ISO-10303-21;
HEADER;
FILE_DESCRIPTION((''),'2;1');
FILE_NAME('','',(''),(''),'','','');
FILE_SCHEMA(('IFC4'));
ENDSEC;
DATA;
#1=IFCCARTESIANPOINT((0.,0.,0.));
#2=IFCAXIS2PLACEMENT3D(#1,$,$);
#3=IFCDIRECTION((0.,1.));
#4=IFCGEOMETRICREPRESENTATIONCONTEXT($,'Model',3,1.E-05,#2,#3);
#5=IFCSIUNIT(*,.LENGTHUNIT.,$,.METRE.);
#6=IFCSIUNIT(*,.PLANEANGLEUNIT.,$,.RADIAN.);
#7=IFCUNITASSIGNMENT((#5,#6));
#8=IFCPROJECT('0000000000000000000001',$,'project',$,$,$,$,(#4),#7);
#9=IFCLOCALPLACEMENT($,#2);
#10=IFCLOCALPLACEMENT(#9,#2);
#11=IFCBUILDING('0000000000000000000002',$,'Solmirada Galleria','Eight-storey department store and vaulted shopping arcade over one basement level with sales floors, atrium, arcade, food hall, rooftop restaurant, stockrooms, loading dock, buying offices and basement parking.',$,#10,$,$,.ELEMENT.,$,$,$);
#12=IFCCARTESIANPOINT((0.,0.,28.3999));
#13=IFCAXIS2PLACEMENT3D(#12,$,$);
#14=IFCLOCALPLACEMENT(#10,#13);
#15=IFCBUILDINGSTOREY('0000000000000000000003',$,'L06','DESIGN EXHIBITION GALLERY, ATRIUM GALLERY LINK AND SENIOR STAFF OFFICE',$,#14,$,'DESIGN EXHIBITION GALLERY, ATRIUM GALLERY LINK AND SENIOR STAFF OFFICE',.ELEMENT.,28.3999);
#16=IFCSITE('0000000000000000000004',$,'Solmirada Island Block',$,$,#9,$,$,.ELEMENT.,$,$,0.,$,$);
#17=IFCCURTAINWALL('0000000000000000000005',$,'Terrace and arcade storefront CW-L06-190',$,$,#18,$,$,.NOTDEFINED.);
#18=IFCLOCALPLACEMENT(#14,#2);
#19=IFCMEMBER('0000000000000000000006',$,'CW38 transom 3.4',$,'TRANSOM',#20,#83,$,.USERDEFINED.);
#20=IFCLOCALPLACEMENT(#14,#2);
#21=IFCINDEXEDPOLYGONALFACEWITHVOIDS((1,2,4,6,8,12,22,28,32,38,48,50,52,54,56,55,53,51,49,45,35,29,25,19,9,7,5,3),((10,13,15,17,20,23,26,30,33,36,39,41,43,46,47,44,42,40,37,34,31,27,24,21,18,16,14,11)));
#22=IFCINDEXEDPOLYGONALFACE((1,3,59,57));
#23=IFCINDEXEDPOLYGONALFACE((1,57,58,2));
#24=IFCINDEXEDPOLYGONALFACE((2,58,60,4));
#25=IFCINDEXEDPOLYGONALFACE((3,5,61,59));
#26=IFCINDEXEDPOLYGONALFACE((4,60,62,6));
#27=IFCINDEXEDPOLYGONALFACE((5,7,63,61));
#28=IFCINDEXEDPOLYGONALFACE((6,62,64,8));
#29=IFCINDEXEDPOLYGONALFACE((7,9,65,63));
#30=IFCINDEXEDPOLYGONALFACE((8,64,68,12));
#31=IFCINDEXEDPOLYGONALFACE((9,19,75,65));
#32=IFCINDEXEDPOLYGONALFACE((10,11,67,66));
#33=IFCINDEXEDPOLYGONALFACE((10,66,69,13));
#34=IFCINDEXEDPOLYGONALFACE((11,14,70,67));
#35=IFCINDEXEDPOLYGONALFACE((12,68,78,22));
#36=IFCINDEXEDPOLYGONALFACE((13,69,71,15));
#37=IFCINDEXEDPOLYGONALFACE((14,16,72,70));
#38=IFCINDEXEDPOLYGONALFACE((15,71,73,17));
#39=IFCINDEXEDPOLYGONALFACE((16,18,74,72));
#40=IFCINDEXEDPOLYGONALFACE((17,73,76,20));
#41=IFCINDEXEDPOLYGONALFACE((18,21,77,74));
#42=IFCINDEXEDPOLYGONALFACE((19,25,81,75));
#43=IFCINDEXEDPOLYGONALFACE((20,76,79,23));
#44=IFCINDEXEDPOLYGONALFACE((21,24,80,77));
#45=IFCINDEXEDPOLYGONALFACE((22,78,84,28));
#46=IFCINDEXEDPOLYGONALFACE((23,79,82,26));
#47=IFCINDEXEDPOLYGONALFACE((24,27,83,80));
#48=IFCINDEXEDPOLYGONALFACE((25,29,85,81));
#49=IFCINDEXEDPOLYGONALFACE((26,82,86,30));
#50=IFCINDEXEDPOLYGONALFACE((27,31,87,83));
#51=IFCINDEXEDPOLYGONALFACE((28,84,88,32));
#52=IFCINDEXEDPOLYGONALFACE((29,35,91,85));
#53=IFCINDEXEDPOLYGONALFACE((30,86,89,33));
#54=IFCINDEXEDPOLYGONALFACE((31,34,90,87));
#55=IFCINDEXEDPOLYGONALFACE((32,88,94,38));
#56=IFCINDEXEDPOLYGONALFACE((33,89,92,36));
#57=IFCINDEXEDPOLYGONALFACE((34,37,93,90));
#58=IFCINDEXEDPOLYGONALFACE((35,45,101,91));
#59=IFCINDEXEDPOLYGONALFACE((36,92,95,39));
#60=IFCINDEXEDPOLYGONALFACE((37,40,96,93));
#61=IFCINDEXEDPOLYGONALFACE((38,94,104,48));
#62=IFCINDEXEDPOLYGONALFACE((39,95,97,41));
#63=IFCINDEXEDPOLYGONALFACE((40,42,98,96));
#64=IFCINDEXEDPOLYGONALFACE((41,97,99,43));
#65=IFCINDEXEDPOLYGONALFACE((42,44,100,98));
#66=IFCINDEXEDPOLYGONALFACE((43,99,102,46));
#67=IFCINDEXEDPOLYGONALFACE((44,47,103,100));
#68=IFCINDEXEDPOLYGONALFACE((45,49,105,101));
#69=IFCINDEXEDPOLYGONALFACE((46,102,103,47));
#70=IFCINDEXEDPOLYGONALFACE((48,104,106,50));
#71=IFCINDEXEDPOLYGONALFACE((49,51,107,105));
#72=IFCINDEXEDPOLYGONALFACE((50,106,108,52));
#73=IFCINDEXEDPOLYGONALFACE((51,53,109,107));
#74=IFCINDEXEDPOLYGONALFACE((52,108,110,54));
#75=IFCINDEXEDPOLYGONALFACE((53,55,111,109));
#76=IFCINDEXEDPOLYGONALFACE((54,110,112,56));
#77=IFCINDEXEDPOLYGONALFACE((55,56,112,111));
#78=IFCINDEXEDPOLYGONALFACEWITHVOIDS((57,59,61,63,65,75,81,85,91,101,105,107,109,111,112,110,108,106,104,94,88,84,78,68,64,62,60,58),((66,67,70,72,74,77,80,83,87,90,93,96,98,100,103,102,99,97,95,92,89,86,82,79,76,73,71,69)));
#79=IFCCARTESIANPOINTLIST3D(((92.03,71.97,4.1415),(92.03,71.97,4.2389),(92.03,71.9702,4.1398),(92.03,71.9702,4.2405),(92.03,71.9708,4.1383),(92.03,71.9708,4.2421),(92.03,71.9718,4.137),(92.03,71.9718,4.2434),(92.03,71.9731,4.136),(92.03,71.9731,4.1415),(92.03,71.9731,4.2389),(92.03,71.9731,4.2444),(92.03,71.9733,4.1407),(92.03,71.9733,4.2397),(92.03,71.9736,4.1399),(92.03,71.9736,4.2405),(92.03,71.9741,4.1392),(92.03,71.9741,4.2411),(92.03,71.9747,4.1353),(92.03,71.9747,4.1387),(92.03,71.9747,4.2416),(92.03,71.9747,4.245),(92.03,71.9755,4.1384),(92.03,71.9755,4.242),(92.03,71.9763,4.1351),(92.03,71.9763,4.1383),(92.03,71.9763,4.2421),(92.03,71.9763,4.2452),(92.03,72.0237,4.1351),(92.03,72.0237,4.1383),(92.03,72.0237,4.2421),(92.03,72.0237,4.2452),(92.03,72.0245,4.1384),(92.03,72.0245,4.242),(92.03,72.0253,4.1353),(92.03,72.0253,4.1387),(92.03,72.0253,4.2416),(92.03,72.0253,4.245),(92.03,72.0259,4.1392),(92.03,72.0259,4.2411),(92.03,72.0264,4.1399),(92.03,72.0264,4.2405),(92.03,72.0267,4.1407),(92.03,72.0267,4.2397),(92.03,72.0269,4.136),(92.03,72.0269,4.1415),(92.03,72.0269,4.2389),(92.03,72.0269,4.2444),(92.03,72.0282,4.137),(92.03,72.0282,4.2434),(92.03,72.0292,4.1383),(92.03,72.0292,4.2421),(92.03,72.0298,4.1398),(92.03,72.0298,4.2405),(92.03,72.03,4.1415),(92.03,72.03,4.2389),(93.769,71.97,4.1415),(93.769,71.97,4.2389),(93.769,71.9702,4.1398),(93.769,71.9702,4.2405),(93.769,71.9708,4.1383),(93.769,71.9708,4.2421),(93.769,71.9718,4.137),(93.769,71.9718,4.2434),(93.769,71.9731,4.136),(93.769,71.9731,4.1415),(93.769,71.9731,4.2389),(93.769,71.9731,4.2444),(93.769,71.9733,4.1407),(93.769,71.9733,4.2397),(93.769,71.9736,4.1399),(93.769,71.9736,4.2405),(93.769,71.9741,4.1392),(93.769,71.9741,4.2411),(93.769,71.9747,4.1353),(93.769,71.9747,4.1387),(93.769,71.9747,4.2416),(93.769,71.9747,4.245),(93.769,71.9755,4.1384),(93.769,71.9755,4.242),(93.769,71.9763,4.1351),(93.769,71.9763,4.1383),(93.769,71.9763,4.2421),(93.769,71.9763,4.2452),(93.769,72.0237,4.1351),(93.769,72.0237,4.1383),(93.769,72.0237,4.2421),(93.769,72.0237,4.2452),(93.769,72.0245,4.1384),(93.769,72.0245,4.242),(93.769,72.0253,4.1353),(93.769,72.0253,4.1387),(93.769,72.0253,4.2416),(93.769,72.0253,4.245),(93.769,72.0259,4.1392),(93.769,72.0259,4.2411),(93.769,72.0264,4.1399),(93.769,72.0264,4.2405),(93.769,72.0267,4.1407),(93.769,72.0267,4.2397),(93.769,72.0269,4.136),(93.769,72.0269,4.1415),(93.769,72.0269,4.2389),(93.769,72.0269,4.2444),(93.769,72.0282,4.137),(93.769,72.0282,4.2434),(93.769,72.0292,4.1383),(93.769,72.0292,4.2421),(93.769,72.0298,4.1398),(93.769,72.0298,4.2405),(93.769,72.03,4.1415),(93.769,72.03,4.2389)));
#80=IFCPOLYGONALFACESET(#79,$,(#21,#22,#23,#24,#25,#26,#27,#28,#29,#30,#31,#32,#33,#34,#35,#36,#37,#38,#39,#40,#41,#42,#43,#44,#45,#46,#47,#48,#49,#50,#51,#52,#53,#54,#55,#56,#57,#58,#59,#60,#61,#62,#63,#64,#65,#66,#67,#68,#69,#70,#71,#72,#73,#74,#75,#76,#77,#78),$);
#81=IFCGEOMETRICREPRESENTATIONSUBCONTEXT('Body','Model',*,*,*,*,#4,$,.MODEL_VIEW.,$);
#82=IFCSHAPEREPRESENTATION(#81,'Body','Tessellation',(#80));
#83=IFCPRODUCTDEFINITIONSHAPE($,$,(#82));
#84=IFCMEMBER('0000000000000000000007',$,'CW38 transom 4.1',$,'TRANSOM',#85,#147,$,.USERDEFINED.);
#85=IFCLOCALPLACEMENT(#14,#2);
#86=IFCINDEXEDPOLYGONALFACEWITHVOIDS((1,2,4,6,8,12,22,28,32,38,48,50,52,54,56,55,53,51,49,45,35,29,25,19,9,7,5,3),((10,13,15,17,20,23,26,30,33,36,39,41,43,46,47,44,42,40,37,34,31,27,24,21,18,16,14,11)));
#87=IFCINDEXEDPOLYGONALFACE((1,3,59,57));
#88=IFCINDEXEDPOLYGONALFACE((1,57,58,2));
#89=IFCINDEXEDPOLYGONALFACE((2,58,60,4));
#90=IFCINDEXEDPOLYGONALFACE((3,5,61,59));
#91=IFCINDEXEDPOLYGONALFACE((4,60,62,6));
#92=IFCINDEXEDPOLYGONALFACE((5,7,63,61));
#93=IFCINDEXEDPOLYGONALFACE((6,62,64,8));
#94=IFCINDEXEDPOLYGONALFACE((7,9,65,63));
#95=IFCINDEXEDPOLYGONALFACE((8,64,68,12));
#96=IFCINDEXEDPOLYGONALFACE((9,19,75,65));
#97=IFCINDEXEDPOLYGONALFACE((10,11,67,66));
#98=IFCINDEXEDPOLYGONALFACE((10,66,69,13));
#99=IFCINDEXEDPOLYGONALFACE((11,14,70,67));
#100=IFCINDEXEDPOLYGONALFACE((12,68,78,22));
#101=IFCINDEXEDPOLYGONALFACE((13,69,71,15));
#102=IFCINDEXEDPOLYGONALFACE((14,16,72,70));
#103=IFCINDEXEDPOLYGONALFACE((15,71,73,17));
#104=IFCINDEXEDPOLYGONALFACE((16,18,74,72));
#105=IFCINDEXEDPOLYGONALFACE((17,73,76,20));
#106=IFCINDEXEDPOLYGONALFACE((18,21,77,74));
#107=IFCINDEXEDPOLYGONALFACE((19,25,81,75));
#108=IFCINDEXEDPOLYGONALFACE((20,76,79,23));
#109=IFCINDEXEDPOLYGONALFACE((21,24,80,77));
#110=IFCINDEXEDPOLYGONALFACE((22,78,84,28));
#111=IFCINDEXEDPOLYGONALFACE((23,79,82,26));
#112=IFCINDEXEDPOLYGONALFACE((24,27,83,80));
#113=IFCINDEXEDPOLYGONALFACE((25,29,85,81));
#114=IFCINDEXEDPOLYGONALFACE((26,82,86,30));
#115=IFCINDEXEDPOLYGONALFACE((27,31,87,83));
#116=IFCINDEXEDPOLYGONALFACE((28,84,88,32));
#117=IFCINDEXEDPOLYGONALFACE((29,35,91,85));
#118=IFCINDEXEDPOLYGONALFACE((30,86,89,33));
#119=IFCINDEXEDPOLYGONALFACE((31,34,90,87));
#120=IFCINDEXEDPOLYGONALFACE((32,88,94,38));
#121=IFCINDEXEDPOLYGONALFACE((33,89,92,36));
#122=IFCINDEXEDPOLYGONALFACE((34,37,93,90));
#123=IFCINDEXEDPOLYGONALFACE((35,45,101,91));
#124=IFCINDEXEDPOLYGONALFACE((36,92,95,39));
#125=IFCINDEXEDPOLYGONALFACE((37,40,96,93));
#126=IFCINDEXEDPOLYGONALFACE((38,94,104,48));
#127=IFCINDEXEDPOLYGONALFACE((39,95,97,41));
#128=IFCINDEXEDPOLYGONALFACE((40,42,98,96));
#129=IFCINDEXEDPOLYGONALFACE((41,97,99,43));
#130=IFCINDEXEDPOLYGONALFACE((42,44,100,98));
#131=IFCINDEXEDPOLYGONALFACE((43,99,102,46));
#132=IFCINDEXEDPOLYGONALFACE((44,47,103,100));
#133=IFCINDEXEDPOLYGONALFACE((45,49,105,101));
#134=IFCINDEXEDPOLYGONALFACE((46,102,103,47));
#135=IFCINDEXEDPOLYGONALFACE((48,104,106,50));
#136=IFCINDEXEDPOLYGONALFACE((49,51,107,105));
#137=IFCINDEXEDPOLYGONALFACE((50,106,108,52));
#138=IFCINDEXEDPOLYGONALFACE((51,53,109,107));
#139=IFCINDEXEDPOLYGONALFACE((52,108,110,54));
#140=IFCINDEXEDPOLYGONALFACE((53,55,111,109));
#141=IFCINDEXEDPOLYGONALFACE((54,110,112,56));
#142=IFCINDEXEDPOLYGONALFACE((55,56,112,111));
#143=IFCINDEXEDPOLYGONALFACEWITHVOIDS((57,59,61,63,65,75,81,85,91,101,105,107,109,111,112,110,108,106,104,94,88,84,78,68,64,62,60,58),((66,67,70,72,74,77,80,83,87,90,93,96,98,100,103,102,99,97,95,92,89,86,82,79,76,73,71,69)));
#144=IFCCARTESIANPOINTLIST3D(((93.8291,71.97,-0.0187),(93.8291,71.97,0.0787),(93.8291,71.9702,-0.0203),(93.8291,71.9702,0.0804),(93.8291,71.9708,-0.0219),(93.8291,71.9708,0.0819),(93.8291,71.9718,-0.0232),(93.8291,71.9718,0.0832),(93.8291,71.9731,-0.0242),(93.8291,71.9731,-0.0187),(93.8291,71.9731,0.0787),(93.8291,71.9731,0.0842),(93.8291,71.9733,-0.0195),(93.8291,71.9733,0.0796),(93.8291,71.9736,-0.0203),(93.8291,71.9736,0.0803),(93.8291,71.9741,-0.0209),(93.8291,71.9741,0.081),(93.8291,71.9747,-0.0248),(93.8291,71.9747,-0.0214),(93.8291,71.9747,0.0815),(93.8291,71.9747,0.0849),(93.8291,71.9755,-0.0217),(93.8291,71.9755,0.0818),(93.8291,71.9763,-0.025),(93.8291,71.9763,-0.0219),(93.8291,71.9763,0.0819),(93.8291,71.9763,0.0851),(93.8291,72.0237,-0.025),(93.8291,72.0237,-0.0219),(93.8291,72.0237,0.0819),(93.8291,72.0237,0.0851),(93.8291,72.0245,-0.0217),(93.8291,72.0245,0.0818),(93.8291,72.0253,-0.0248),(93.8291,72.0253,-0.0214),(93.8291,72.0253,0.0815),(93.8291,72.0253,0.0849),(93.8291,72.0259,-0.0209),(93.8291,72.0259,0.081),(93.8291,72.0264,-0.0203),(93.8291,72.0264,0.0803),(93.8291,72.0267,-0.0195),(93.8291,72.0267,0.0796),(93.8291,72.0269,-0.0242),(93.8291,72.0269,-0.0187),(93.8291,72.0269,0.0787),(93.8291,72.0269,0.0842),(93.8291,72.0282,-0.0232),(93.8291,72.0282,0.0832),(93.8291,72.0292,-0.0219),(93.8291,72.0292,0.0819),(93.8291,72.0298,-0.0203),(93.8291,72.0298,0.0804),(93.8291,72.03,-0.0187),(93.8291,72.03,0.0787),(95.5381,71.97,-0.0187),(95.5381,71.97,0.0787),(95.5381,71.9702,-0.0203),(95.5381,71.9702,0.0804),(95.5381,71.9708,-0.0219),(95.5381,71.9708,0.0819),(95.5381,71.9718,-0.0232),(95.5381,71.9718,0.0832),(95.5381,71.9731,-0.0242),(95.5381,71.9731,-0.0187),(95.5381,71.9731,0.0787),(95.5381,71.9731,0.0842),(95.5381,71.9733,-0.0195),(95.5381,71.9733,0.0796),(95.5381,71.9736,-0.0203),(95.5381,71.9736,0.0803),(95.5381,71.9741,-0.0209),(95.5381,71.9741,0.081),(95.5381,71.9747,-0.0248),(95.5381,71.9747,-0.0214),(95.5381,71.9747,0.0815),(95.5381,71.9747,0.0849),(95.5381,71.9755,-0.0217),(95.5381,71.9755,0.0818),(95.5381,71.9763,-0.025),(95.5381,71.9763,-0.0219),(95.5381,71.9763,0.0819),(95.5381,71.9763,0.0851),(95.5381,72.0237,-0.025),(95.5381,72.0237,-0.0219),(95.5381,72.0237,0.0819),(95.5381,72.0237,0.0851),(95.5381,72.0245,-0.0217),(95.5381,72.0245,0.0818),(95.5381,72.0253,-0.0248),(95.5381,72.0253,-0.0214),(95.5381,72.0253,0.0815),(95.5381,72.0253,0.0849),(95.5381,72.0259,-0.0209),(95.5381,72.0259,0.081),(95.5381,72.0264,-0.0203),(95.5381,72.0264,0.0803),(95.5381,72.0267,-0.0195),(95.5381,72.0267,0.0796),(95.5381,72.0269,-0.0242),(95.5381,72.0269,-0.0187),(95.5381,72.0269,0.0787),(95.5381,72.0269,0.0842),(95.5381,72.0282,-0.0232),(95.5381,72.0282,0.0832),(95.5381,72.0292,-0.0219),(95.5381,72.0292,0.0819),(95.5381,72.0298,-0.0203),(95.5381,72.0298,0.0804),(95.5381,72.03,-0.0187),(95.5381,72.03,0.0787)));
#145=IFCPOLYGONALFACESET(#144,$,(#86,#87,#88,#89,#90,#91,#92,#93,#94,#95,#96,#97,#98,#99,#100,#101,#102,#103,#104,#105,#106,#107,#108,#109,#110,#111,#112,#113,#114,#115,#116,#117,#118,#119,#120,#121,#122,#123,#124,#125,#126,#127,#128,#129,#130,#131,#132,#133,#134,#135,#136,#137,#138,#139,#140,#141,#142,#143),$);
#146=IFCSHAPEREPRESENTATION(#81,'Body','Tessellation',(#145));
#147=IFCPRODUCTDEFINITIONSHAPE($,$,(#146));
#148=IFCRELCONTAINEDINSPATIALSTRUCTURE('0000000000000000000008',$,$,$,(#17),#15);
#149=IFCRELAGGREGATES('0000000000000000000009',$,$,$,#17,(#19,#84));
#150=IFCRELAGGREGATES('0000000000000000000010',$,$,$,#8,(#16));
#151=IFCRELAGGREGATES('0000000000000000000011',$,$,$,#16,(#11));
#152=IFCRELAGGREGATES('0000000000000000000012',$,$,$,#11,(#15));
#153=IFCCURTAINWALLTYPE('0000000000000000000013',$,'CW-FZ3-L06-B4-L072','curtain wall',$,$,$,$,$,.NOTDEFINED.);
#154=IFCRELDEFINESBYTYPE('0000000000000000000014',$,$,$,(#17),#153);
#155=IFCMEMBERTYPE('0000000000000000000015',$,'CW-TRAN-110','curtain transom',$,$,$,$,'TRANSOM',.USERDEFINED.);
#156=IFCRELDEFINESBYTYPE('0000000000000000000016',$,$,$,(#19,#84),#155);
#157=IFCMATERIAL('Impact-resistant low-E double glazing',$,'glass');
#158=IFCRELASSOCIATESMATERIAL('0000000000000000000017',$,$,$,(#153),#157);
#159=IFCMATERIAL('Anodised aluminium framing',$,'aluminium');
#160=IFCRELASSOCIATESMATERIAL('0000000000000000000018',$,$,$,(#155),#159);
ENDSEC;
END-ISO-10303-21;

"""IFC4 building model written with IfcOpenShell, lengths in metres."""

from ifc_helpers import new_model, si_unit, direction, frame, origin, origin_2d, place, context, subcontext, project, spatial, hollow_rectangle, extrude, material, material_profile, profile_set, type_object, element, aggregate, save


model = new_model("IFC4")

# Units and contexts
model_context = context("Model", 3, precision=1e-05, world=origin(), true_north=direction((0.0, 1.0)))
body_context = subcontext(model_context, "Body", "Model", "MODEL_VIEW")
ifc_project = project(units=[si_unit("LENGTHUNIT", "METRE"), si_unit("PLANEANGLEUNIT", "RADIAN")], contexts=[model_context])

# Site, building, storey
site_placement = place(None, origin())
site = spatial("IfcSite", under=ifc_project, at=site_placement, Name="Solmirada Island Block", CompositionType="ELEMENT", RefElevation=0.0)
building_placement = place(site_placement, origin())
building = spatial("IfcBuilding", under=site, at=building_placement, Name="Solmirada Galleria", Description="Eight-storey department store and vaulted shopping arcade over one basement level with sales floors, atrium, arcade, food hall, rooftop restaurant, stockrooms, loading dock, buying offices and basement parking.", CompositionType="ELEMENT")
storey_placement = place(building_placement, frame((0.0, 0.0, 28.3999)))
storey = spatial("IfcBuildingStorey", under=building, at=storey_placement, Name="L06", Description="DESIGN EXHIBITION GALLERY, ATRIUM GALLERY LINK AND SENIOR STAFF OFFICE", LongName="DESIGN EXHIBITION GALLERY, ATRIUM GALLERY LINK AND SENIOR STAFF OFFICE", CompositionType="ELEMENT", Elevation=28.3999)

# Shared definitions
ifc_material_1 = material(Name="Impact-resistant low-E double glazing", Category="glass")
curtain_wall_type = type_object("IfcCurtainWallType", Name="CW-FZ3-L06-B4-L072", Description="curtain wall", PredefinedType="NOTDEFINED", material=ifc_material_1)
ifc_material_2 = material(Name="Anodised aluminium framing", Category="aluminium")

# Curtain wall, members
curtain_wall_1_placement = place(storey_placement, origin())
curtain_wall_1 = element("IfcCurtainWall", 1, at=curtain_wall_1_placement, inside=storey, type_object=curtain_wall_type, Name="Terrace and arcade storefront CW-L06-190", PredefinedType="NOTDEFINED")
ifc_material_profile_1 = material_profile(ifc_material_2, hollow_rectangle(XDim=0.0601, YDim=0.1101, WallThickness=0.0032, InnerFilletRadius=0.0032, OuterFilletRadius=0.0063, at=origin_2d()), Name="ALU-TRAN-110X60")
ifc_profile_set_1 = profile_set([ifc_material_profile_1], Name="Anodised aluminium framing")
member_type_1 = type_object("IfcMemberType", Name="CW-TRAN-110", Description="curtain transom", ElementType="TRANSOM", PredefinedType="USERDEFINED", material=ifc_profile_set_1)
member_1_placement = place(storey_placement, frame((92.03, 72.0, 4.1902), z_axis=(1.0, 0.0, 0.0), x_axis=(0.0, 1.0, 0.0)))
member_1 = element("IfcMember", 2, at=member_1_placement, type_object=member_type_1, Name="CW38 transom 3.4", ObjectType="TRANSOM", PredefinedType="USERDEFINED", context=body_context, shape_type="SweptSolid", body=[
    extrude(hollow_rectangle(XDim=0.0601, YDim=0.1101, WallThickness=0.0032, InnerFilletRadius=0.0032, OuterFilletRadius=0.0063, at=origin_2d()), origin(), (0.0, 0.0, 1.0), 1.739),
])
member_2_placement = place(storey_placement, frame((93.8291, 72.0, 0.03), z_axis=(1.0, 0.0, 0.0), x_axis=(0.0, 1.0, 0.0)))
member_2 = element("IfcMember", 3, at=member_2_placement, type_object=member_type_1, Name="CW38 transom 4.1", ObjectType="TRANSOM", PredefinedType="USERDEFINED", context=body_context, shape_type="SweptSolid", body=[
    extrude(hollow_rectangle(XDim=0.0601, YDim=0.1101, WallThickness=0.0032, InnerFilletRadius=0.0032, OuterFilletRadius=0.0063, at=origin_2d()), origin(), (0.0, 0.0, 1.0), 1.709),
])

aggregate(curtain_wall_1, [member_1, member_2])

save(model, "model.ifc")
